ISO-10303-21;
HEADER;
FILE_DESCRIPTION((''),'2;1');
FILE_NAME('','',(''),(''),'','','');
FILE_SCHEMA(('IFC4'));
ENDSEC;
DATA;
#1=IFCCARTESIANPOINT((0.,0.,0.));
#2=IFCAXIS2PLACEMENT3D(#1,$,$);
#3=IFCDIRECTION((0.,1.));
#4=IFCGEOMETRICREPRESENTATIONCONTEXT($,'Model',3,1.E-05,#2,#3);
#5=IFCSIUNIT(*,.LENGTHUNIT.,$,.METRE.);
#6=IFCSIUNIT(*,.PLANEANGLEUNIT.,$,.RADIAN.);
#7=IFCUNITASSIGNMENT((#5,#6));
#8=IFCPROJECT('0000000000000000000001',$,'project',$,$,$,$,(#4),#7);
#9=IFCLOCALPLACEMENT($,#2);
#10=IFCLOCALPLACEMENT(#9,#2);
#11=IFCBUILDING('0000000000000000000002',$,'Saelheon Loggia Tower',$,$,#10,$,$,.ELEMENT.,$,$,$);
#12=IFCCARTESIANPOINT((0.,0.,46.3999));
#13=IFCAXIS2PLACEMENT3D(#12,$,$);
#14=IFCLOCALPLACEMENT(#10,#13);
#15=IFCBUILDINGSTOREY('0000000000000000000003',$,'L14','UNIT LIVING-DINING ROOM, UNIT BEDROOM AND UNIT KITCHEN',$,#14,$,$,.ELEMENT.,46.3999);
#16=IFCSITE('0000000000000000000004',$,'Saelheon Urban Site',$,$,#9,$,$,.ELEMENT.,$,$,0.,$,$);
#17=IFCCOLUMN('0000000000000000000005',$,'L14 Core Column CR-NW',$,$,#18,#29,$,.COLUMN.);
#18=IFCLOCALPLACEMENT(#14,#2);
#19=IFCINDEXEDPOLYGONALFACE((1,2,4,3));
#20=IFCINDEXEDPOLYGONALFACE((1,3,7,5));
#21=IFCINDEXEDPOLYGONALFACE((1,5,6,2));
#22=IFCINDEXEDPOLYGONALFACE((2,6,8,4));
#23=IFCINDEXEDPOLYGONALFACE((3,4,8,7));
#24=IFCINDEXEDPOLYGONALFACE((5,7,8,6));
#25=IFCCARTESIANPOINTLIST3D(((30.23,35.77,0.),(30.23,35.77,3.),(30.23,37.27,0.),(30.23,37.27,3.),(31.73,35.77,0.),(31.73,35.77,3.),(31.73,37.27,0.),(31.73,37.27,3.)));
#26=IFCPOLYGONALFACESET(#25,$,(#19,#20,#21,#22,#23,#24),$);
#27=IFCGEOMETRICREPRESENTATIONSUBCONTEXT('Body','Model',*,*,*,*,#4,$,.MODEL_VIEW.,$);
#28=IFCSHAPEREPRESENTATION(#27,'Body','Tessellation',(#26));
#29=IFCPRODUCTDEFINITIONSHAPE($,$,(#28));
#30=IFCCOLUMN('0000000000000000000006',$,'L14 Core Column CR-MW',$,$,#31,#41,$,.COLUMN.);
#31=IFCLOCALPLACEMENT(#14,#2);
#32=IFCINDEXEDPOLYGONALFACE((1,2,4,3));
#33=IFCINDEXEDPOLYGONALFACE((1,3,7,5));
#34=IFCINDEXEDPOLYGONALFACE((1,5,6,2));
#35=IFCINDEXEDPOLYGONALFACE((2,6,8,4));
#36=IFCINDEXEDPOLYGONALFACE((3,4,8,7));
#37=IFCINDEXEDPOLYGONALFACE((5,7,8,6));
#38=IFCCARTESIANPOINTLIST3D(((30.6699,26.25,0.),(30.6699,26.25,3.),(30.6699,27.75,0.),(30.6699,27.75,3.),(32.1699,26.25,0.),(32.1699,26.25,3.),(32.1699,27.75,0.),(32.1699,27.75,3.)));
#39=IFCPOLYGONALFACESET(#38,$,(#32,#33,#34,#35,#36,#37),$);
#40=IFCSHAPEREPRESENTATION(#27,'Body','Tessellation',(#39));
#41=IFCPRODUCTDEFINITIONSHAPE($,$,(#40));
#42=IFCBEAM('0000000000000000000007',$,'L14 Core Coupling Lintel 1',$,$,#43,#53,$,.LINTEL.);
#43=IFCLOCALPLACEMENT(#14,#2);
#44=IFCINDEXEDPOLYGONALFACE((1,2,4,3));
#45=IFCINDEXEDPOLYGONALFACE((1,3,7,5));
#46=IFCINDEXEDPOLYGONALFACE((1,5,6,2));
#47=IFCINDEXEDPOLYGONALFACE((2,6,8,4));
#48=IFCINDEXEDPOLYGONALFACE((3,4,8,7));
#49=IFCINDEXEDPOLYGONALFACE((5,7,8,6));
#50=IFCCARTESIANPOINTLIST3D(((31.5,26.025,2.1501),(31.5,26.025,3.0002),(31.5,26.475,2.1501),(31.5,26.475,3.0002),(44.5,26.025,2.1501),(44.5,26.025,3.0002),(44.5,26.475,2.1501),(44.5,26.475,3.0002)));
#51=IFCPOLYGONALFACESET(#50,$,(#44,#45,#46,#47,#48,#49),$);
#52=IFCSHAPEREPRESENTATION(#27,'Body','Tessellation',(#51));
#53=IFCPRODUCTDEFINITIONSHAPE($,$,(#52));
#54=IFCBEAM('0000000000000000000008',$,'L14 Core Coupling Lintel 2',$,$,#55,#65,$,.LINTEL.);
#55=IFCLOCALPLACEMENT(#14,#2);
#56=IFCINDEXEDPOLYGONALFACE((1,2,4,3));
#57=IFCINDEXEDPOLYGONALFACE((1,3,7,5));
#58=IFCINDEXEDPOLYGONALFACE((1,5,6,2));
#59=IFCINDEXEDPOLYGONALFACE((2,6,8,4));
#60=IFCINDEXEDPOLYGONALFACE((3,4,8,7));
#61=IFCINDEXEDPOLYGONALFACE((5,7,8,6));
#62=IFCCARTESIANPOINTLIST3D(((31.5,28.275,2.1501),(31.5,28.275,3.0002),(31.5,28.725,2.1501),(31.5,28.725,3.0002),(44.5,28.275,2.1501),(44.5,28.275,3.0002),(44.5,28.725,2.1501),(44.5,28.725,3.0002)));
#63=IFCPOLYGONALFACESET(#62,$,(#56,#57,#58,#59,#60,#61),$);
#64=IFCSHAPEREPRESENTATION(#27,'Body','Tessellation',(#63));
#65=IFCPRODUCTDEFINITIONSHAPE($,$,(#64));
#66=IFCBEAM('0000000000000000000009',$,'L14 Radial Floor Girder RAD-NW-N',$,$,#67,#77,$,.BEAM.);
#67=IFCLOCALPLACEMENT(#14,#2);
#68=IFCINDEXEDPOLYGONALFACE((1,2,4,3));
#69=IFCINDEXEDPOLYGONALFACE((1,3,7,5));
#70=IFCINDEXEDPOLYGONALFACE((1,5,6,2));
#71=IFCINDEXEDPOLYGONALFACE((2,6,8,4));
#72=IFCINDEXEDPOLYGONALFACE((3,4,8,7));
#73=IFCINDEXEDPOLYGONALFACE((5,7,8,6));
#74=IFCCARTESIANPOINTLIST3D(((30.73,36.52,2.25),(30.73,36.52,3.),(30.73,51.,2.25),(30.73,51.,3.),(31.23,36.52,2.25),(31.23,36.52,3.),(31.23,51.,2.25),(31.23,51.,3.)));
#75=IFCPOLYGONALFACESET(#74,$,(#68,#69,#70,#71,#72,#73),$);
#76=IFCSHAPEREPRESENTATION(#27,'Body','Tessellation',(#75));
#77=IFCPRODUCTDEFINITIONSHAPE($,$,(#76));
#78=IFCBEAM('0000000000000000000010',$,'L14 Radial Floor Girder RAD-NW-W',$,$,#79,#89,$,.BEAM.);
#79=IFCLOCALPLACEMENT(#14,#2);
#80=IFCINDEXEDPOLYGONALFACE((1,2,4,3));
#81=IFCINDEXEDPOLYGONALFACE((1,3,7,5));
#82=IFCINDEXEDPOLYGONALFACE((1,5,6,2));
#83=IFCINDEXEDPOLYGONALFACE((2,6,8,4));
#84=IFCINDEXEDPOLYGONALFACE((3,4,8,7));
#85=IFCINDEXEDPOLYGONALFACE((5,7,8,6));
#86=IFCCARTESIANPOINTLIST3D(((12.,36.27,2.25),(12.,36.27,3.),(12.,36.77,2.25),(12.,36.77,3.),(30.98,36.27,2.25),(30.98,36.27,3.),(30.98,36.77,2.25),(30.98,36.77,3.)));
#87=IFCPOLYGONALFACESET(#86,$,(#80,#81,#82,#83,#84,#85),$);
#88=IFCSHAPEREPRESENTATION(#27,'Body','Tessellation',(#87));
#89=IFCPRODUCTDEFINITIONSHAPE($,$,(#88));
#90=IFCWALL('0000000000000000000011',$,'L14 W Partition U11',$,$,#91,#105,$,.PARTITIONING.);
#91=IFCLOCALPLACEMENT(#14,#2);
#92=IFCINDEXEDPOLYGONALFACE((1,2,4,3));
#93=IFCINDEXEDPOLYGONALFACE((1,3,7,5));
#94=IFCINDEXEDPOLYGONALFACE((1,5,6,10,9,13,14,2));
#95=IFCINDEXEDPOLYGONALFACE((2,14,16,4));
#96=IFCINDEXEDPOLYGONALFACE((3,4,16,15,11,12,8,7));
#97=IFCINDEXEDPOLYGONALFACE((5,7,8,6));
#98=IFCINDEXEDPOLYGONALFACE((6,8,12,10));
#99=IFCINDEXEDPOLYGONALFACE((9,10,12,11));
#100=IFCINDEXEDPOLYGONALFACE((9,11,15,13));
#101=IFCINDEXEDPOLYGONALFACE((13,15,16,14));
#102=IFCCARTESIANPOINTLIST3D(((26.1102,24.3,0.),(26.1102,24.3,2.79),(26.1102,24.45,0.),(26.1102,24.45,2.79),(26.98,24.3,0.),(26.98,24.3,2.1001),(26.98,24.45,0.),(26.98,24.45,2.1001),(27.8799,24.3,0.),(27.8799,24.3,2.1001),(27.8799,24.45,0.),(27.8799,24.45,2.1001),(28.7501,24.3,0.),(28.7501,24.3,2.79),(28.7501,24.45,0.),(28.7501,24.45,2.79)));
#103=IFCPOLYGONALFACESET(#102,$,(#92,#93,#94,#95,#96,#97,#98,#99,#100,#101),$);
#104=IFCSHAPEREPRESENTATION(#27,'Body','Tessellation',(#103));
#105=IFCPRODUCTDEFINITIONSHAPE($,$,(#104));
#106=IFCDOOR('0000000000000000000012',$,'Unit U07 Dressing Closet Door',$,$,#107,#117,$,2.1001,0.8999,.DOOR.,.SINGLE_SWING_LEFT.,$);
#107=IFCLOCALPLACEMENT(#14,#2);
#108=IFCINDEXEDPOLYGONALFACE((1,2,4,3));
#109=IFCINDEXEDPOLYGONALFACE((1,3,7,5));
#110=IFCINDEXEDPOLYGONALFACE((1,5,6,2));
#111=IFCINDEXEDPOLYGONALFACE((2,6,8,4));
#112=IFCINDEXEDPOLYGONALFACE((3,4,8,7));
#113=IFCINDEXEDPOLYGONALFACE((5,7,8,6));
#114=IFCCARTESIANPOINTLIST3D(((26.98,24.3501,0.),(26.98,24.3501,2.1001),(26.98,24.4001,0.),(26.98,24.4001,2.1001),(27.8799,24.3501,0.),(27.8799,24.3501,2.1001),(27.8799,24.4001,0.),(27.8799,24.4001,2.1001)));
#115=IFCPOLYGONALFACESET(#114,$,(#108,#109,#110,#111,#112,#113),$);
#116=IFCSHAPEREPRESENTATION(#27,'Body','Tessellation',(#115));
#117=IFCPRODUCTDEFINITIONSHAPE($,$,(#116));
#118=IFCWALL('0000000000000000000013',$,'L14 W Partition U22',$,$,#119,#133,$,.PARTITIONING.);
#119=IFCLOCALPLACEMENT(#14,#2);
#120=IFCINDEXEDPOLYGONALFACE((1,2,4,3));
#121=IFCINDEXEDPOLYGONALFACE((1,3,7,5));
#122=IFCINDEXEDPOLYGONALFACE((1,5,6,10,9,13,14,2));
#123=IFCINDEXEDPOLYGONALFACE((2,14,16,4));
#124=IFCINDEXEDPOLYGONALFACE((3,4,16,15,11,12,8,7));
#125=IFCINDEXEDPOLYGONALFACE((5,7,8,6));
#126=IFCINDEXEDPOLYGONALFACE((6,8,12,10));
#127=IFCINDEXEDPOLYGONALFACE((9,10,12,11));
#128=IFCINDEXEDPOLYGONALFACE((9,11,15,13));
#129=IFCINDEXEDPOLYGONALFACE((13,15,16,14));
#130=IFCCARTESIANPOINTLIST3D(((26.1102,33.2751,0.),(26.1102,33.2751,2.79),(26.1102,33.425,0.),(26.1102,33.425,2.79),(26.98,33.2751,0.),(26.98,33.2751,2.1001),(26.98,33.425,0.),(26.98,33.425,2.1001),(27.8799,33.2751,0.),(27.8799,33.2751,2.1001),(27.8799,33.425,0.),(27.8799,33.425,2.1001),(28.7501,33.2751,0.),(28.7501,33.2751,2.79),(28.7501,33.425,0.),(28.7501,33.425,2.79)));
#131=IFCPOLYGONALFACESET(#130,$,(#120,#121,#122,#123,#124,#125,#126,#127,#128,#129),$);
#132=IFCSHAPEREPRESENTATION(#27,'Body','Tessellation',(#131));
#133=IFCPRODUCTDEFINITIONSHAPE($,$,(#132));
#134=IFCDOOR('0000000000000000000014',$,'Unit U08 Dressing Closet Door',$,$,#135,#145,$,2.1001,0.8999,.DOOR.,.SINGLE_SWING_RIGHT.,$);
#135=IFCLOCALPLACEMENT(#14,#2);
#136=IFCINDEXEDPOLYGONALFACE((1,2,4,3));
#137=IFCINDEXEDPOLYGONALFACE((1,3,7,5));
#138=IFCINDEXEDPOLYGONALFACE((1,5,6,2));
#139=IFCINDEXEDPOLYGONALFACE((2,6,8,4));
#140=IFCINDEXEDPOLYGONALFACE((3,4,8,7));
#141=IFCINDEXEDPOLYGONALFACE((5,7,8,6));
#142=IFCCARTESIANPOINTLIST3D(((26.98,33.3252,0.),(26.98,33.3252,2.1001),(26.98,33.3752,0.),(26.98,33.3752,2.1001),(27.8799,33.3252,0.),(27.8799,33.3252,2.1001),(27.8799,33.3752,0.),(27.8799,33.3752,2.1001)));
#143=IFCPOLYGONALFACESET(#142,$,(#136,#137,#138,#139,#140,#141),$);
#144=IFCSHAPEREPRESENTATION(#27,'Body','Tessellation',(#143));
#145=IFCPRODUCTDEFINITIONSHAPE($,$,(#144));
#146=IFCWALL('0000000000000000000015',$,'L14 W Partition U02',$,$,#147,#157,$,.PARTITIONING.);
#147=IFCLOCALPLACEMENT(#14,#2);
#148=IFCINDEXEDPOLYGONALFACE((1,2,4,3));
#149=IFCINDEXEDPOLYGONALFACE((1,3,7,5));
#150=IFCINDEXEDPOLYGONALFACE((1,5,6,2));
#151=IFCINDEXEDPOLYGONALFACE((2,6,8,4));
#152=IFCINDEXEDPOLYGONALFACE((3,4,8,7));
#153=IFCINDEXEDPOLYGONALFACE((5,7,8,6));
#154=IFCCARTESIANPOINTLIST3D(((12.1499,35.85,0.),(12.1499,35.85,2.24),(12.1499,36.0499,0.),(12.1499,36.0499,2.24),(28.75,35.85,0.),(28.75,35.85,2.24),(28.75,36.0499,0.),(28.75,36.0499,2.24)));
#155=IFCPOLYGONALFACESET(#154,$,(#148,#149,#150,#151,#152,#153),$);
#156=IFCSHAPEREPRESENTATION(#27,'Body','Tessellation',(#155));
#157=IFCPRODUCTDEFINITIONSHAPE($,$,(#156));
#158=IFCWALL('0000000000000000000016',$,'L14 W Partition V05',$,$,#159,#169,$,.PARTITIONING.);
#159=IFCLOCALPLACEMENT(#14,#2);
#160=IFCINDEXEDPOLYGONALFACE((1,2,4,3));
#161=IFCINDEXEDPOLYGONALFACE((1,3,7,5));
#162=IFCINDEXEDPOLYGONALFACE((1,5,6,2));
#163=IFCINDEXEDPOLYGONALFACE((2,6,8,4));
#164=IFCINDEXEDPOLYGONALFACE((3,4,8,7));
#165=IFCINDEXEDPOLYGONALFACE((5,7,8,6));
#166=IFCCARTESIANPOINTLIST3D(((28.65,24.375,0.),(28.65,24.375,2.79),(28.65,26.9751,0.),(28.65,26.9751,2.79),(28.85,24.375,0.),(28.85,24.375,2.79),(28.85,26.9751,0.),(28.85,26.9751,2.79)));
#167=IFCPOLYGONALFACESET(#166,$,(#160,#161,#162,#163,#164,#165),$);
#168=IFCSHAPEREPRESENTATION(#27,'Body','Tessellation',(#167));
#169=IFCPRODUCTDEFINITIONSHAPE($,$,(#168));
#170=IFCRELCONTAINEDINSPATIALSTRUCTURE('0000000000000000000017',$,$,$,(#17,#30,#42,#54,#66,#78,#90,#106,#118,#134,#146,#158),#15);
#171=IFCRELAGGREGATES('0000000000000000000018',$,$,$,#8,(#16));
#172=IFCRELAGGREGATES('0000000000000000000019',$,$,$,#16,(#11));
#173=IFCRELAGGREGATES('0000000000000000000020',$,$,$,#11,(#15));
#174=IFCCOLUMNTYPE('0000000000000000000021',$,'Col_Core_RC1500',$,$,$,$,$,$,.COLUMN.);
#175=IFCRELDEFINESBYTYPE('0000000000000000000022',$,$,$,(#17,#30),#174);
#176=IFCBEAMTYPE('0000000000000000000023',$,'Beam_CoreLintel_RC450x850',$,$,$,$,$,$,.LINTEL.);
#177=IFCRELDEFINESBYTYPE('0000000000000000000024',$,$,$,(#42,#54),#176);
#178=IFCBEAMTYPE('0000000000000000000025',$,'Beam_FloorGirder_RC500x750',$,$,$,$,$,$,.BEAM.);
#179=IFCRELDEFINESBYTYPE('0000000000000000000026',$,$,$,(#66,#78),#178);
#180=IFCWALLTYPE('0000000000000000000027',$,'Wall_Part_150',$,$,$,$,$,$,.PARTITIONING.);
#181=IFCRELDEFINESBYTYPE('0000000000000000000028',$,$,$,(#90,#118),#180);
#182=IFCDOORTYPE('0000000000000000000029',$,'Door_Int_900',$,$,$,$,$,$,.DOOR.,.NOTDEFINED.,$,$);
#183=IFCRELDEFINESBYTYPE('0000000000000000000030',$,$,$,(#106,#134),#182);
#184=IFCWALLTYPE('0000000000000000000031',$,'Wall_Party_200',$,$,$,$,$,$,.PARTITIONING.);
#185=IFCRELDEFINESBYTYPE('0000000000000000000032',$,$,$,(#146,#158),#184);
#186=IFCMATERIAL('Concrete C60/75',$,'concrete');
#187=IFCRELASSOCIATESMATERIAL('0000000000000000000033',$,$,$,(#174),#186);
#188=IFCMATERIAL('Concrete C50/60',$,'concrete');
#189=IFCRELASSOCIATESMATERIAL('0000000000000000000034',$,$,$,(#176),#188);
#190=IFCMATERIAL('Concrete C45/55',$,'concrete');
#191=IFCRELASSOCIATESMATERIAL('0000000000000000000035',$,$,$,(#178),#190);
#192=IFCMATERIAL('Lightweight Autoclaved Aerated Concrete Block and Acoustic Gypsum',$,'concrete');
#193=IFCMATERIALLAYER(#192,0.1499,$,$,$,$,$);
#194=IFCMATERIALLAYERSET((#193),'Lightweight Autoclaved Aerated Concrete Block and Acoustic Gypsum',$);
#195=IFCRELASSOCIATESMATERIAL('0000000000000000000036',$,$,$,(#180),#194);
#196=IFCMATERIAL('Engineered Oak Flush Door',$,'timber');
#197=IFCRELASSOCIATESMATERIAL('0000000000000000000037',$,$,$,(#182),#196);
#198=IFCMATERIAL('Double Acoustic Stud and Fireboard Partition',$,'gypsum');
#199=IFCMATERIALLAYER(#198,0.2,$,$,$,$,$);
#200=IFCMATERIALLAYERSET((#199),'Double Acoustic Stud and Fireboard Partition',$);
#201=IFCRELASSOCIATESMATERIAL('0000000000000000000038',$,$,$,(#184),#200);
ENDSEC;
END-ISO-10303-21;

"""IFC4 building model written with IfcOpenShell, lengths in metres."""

from ifc_helpers import new_model, si_unit, direction, frame, frame_2d, origin, origin_2d, place, context, subcontext, project, spatial, rectangle, extrude, source, transform, mapped, material, layer, layer_set, material_profile, profile_set, type_object, element, fill, save


model = new_model("IFC4")

# Units and contexts
model_context = context("Model", 3, precision=1e-05, world=origin(), true_north=direction((0.0, 1.0)))
body_context = subcontext(model_context, "Body", "Model", "MODEL_VIEW")
ifc_project = project(units=[si_unit("LENGTHUNIT", "METRE"), si_unit("PLANEANGLEUNIT", "RADIAN")], contexts=[model_context])

# Site, building, storey
site_placement = place(None, origin())
site = spatial("IfcSite", under=ifc_project, at=site_placement, Name="Saelheon Urban Site", CompositionType="ELEMENT", RefElevation=0.0)
building_placement = place(site_placement, origin())
building = spatial("IfcBuilding", under=site, at=building_placement, Name="Saelheon Loggia Tower", CompositionType="ELEMENT")
storey_placement = place(building_placement, frame((0.0, 0.0, 46.3999)))
storey = spatial("IfcBuildingStorey", under=building, at=storey_placement, Name="L14", Description="UNIT LIVING-DINING ROOM, UNIT BEDROOM AND UNIT KITCHEN", CompositionType="ELEMENT", Elevation=46.3999)

# Columns
ifc_material_1 = material(Name="Concrete C60/75", Category="concrete")
ifc_material_profile_1 = material_profile(ifc_material_1, rectangle(XDim=1.5, YDim=1.5, at=origin_2d()), Name="RC-1500x1500")
ifc_profile_set_1 = profile_set([ifc_material_profile_1], Name="Concrete C60/75")
column_type = type_object("IfcColumnType", Name="Col_Core_RC1500", PredefinedType="COLUMN", material=ifc_profile_set_1)
shared_shape_1 = source(origin(), body_context, "Body", "SweptSolid", [
    extrude(rectangle(XDim=1.5, YDim=1.5, at=origin_2d()), origin(), (0.0, 0.0, 1.0), 3.0),
])
for number, where, z_axis, x_axis, name in (
    (1, (30.98, 36.52, 0.0), (0.0, 0.0, 1.0), (1.0, 0.0, 0.0), "L14 Core Column CR-NW"),
    (2, (31.4199, 27.0, 0.0), (0.0, 0.0, 1.0), (1.0, 0.0, 0.0), "L14 Core Column CR-MW"),
):
    element("IfcColumn", number, at=place(storey_placement, frame(where, z_axis=z_axis, x_axis=x_axis)), inside=storey, type_object=column_type, Name=name, PredefinedType="COLUMN", context=body_context, shape_type="MappedRepresentation", body=[
        mapped(shared_shape_1, transform((0.0, 0.0, 0.0), scale=1.0)),
    ])

# Beams
ifc_material_2 = material(Name="Concrete C50/60", Category="concrete")
ifc_material_profile_2 = material_profile(ifc_material_2, rectangle(XDim=0.45, YDim=0.8501, at=origin_2d()), Name="RC-450x850")
ifc_profile_set_2 = profile_set([ifc_material_profile_2], Name="Concrete C50/60")
beam_type_1 = type_object("IfcBeamType", Name="Beam_CoreLintel_RC450x850", PredefinedType="LINTEL", material=ifc_profile_set_2)
shared_shape_2 = source(origin(), body_context, "Body", "SweptSolid", [
    extrude(rectangle(XDim=0.45, YDim=0.8501, at=origin_2d()), origin(), (0.0, 0.0, 1.0), 13.0),
])
for number, where, z_axis, x_axis, name in (
    (3, (31.5, 26.25, 2.5752), (1.0, 0.0, 0.0), (0.0, 1.0, 0.0), "L14 Core Coupling Lintel 1"),
    (4, (31.5, 28.5, 2.5752), (1.0, 0.0, 0.0), (0.0, 1.0, 0.0), "L14 Core Coupling Lintel 2"),
):
    element("IfcBeam", number, at=place(storey_placement, frame(where, z_axis=z_axis, x_axis=x_axis)), inside=storey, type_object=beam_type_1, Name=name, PredefinedType="LINTEL", context=body_context, shape_type="MappedRepresentation", body=[
        mapped(shared_shape_2, transform((0.0, 0.0, 0.0), scale=1.0)),
    ])
ifc_material_3 = material(Name="Concrete C45/55", Category="concrete")
ifc_material_profile_3 = material_profile(ifc_material_3, rectangle(XDim=0.5, YDim=0.75, at=origin_2d()), Name="RC-500x750")
ifc_profile_set_3 = profile_set([ifc_material_profile_3], Name="Concrete C45/55")
beam_type_2 = type_object("IfcBeamType", Name="Beam_FloorGirder_RC500x750", PredefinedType="BEAM", material=ifc_profile_set_3)
shared_shape_3 = source(origin(), body_context, "Body", "SweptSolid", [
    extrude(rectangle(XDim=0.5, YDim=0.75, at=origin_2d()), origin(), (0.0, 0.0, 1.0), 14.48),
])
beam_1_placement = place(storey_placement, frame((30.98, 36.52, 2.625), z_axis=(0.0, 1.0, 0.0), x_axis=(-1.0, 0.0, 0.0)))
element("IfcBeam", 5, at=beam_1_placement, inside=storey, type_object=beam_type_2, Name="L14 Radial Floor Girder RAD-NW-N", PredefinedType="BEAM", context=body_context, shape_type="MappedRepresentation", body=[
    mapped(shared_shape_3, transform((0.0, 0.0, 0.0), scale=1.0)),
])
shared_shape_4 = source(origin(), body_context, "Body", "SweptSolid", [
    extrude(rectangle(XDim=0.5, YDim=0.75, at=origin_2d()), origin(), (0.0, 0.0, 1.0), 18.98),
])
beam_2_placement = place(storey_placement, frame((30.98, 36.52, 2.625), z_axis=(-1.0, 0.0, 0.0), x_axis=(0.0, -1.0, 0.0)))
element("IfcBeam", 6, at=beam_2_placement, inside=storey, type_object=beam_type_2, Name="L14 Radial Floor Girder RAD-NW-W", PredefinedType="BEAM", context=body_context, shape_type="MappedRepresentation", body=[
    mapped(shared_shape_4, transform((0.0, 0.0, 0.0), scale=1.0)),
])

# Walls, openings, doors
ifc_material_4 = material(Name="Lightweight Autoclaved Aerated Concrete Block and Acoustic Gypsum", Category="concrete")
ifc_layer_1 = layer(ifc_material_4, 0.1499)
ifc_layer_set_1 = layer_set([ifc_layer_1], Name="Lightweight Autoclaved Aerated Concrete Block and Acoustic Gypsum")
wall_type_1 = type_object("IfcWallType", Name="Wall_Part_150", PredefinedType="PARTITIONING", material=ifc_layer_set_1)
wall_1_placement = place(storey_placement, frame((28.75, 24.375, 0.0), z_axis=(0.0, 0.0, 1.0), x_axis=(-1.0, 0.0, 0.0)))
wall_1 = element("IfcWall", 7, at=wall_1_placement, inside=storey, type_object=wall_type_1, Name="L14 W Partition U11", PredefinedType="PARTITIONING", context=body_context, shape_type="SweptSolid", body=[
    extrude(rectangle(XDim=2.6399, YDim=0.1499, at=frame_2d((1.3198, 0.0))), origin(), (0.0, 0.0, 1.0), 2.79),
])
opening_1_placement = place(wall_1_placement, frame((0.8701, 0.0, 0.0)))
opening_1 = element("IfcOpeningElement", 8, at=opening_1_placement, cuts=wall_1, PredefinedType="OPENING", context=body_context, shape_type="SweptSolid", body=[
    extrude(rectangle(XDim=0.8999, YDim=2.1001, at=frame_2d((0.45, 1.05))), frame((0.0, 0.0869, 0.0), z_axis=(0.0, -1.0, 0.0), x_axis=(1.0, 0.0, 0.0)), (0.0, 0.0, 1.0), 0.1738),
])
ifc_material_5 = material(Name="Engineered Oak Flush Door", Category="timber")
door_type_1 = type_object("IfcDoorType", Name="Door_Int_900", OperationType="NOTDEFINED", PredefinedType="DOOR", material=ifc_material_5)
shared_shape_5 = source(origin(), body_context, "Body", "SweptSolid", [
    extrude(rectangle(XDim=0.8999, YDim=2.1001, at=frame_2d((0.45, 1.05))), frame((0.0, 0.0249, 0.0), z_axis=(0.0, -1.0, 0.0), x_axis=(1.0, 0.0, 0.0)), (0.0, 0.0, 1.0), 0.05),
])
door_1_placement = place(opening_1_placement, origin())
door_1 = element("IfcDoor", 9, at=door_1_placement, inside=storey, type_object=door_type_1, Name="Unit U07 Dressing Closet Door", OperationType="SINGLE_SWING_LEFT", OverallHeight=2.1001, OverallWidth=0.8999, PredefinedType="DOOR", context=body_context, shape_type="MappedRepresentation", body=[
    mapped(shared_shape_5, transform((0.0, 0.0, 0.0), scale=1.0)),
])
fill(opening_1, door_1)
wall_2_placement = place(storey_placement, frame((28.75, 33.3501, 0.0), z_axis=(0.0, 0.0, 1.0), x_axis=(-1.0, 0.0, 0.0)))
wall_2 = element("IfcWall", 10, at=wall_2_placement, inside=storey, type_object=wall_type_1, Name="L14 W Partition U22", PredefinedType="PARTITIONING", context=body_context, shape_type="SweptSolid", body=[
    extrude(rectangle(XDim=2.6399, YDim=0.1499, at=frame_2d((1.3198, 0.0))), origin(), (0.0, 0.0, 1.0), 2.79),
])
opening_2_placement = place(wall_2_placement, frame((0.8701, 0.0, 0.0)))
opening_2 = element("IfcOpeningElement", 11, at=opening_2_placement, cuts=wall_2, PredefinedType="OPENING", context=body_context, shape_type="SweptSolid", body=[
    extrude(rectangle(XDim=0.8999, YDim=2.1001, at=frame_2d((0.45, 1.05))), frame((0.0, 0.0869, 0.0), z_axis=(0.0, -1.0, 0.0), x_axis=(1.0, 0.0, 0.0)), (0.0, 0.0, 1.0), 0.1738),
])
door_2_placement = place(opening_2_placement, origin())
door_2 = element("IfcDoor", 12, at=door_2_placement, inside=storey, type_object=door_type_1, Name="Unit U08 Dressing Closet Door", OperationType="SINGLE_SWING_RIGHT", OverallHeight=2.1001, OverallWidth=0.8999, PredefinedType="DOOR", context=body_context, shape_type="MappedRepresentation", body=[
    mapped(shared_shape_5, transform((0.0, 0.0, 0.0), scale=1.0)),
])
fill(opening_2, door_2)

# Walls
ifc_material_6 = material(Name="Double Acoustic Stud and Fireboard Partition", Category="gypsum")
ifc_layer_2 = layer(ifc_material_6, 0.2)
ifc_layer_set_2 = layer_set([ifc_layer_2], Name="Double Acoustic Stud and Fireboard Partition")
wall_type_2 = type_object("IfcWallType", Name="Wall_Party_200", PredefinedType="PARTITIONING", material=ifc_layer_set_2)
wall_3_placement = place(storey_placement, frame((28.75, 35.95, 0.0), z_axis=(0.0, 0.0, 1.0), x_axis=(-1.0, 0.0, 0.0)))
element("IfcWall", 13, at=wall_3_placement, inside=storey, type_object=wall_type_2, Name="L14 W Partition U02", PredefinedType="PARTITIONING", context=body_context, shape_type="SweptSolid", body=[
    extrude(rectangle(XDim=16.6001, YDim=0.2, at=frame_2d((8.3, 0.0))), origin(), (0.0, 0.0, 1.0), 2.24),
])
wall_4_placement = place(storey_placement, frame((28.75, 24.375, 0.0), z_axis=(0.0, 0.0, 1.0), x_axis=(0.0, 1.0, 0.0)))
element("IfcWall", 14, at=wall_4_placement, inside=storey, type_object=wall_type_2, Name="L14 W Partition V05", PredefinedType="PARTITIONING", context=body_context, shape_type="SweptSolid", body=[
    extrude(rectangle(XDim=2.6001, YDim=0.2, at=frame_2d((1.3, 0.0))), origin(), (0.0, 0.0, 1.0), 2.79),
])

save(model, "model.ifc")
